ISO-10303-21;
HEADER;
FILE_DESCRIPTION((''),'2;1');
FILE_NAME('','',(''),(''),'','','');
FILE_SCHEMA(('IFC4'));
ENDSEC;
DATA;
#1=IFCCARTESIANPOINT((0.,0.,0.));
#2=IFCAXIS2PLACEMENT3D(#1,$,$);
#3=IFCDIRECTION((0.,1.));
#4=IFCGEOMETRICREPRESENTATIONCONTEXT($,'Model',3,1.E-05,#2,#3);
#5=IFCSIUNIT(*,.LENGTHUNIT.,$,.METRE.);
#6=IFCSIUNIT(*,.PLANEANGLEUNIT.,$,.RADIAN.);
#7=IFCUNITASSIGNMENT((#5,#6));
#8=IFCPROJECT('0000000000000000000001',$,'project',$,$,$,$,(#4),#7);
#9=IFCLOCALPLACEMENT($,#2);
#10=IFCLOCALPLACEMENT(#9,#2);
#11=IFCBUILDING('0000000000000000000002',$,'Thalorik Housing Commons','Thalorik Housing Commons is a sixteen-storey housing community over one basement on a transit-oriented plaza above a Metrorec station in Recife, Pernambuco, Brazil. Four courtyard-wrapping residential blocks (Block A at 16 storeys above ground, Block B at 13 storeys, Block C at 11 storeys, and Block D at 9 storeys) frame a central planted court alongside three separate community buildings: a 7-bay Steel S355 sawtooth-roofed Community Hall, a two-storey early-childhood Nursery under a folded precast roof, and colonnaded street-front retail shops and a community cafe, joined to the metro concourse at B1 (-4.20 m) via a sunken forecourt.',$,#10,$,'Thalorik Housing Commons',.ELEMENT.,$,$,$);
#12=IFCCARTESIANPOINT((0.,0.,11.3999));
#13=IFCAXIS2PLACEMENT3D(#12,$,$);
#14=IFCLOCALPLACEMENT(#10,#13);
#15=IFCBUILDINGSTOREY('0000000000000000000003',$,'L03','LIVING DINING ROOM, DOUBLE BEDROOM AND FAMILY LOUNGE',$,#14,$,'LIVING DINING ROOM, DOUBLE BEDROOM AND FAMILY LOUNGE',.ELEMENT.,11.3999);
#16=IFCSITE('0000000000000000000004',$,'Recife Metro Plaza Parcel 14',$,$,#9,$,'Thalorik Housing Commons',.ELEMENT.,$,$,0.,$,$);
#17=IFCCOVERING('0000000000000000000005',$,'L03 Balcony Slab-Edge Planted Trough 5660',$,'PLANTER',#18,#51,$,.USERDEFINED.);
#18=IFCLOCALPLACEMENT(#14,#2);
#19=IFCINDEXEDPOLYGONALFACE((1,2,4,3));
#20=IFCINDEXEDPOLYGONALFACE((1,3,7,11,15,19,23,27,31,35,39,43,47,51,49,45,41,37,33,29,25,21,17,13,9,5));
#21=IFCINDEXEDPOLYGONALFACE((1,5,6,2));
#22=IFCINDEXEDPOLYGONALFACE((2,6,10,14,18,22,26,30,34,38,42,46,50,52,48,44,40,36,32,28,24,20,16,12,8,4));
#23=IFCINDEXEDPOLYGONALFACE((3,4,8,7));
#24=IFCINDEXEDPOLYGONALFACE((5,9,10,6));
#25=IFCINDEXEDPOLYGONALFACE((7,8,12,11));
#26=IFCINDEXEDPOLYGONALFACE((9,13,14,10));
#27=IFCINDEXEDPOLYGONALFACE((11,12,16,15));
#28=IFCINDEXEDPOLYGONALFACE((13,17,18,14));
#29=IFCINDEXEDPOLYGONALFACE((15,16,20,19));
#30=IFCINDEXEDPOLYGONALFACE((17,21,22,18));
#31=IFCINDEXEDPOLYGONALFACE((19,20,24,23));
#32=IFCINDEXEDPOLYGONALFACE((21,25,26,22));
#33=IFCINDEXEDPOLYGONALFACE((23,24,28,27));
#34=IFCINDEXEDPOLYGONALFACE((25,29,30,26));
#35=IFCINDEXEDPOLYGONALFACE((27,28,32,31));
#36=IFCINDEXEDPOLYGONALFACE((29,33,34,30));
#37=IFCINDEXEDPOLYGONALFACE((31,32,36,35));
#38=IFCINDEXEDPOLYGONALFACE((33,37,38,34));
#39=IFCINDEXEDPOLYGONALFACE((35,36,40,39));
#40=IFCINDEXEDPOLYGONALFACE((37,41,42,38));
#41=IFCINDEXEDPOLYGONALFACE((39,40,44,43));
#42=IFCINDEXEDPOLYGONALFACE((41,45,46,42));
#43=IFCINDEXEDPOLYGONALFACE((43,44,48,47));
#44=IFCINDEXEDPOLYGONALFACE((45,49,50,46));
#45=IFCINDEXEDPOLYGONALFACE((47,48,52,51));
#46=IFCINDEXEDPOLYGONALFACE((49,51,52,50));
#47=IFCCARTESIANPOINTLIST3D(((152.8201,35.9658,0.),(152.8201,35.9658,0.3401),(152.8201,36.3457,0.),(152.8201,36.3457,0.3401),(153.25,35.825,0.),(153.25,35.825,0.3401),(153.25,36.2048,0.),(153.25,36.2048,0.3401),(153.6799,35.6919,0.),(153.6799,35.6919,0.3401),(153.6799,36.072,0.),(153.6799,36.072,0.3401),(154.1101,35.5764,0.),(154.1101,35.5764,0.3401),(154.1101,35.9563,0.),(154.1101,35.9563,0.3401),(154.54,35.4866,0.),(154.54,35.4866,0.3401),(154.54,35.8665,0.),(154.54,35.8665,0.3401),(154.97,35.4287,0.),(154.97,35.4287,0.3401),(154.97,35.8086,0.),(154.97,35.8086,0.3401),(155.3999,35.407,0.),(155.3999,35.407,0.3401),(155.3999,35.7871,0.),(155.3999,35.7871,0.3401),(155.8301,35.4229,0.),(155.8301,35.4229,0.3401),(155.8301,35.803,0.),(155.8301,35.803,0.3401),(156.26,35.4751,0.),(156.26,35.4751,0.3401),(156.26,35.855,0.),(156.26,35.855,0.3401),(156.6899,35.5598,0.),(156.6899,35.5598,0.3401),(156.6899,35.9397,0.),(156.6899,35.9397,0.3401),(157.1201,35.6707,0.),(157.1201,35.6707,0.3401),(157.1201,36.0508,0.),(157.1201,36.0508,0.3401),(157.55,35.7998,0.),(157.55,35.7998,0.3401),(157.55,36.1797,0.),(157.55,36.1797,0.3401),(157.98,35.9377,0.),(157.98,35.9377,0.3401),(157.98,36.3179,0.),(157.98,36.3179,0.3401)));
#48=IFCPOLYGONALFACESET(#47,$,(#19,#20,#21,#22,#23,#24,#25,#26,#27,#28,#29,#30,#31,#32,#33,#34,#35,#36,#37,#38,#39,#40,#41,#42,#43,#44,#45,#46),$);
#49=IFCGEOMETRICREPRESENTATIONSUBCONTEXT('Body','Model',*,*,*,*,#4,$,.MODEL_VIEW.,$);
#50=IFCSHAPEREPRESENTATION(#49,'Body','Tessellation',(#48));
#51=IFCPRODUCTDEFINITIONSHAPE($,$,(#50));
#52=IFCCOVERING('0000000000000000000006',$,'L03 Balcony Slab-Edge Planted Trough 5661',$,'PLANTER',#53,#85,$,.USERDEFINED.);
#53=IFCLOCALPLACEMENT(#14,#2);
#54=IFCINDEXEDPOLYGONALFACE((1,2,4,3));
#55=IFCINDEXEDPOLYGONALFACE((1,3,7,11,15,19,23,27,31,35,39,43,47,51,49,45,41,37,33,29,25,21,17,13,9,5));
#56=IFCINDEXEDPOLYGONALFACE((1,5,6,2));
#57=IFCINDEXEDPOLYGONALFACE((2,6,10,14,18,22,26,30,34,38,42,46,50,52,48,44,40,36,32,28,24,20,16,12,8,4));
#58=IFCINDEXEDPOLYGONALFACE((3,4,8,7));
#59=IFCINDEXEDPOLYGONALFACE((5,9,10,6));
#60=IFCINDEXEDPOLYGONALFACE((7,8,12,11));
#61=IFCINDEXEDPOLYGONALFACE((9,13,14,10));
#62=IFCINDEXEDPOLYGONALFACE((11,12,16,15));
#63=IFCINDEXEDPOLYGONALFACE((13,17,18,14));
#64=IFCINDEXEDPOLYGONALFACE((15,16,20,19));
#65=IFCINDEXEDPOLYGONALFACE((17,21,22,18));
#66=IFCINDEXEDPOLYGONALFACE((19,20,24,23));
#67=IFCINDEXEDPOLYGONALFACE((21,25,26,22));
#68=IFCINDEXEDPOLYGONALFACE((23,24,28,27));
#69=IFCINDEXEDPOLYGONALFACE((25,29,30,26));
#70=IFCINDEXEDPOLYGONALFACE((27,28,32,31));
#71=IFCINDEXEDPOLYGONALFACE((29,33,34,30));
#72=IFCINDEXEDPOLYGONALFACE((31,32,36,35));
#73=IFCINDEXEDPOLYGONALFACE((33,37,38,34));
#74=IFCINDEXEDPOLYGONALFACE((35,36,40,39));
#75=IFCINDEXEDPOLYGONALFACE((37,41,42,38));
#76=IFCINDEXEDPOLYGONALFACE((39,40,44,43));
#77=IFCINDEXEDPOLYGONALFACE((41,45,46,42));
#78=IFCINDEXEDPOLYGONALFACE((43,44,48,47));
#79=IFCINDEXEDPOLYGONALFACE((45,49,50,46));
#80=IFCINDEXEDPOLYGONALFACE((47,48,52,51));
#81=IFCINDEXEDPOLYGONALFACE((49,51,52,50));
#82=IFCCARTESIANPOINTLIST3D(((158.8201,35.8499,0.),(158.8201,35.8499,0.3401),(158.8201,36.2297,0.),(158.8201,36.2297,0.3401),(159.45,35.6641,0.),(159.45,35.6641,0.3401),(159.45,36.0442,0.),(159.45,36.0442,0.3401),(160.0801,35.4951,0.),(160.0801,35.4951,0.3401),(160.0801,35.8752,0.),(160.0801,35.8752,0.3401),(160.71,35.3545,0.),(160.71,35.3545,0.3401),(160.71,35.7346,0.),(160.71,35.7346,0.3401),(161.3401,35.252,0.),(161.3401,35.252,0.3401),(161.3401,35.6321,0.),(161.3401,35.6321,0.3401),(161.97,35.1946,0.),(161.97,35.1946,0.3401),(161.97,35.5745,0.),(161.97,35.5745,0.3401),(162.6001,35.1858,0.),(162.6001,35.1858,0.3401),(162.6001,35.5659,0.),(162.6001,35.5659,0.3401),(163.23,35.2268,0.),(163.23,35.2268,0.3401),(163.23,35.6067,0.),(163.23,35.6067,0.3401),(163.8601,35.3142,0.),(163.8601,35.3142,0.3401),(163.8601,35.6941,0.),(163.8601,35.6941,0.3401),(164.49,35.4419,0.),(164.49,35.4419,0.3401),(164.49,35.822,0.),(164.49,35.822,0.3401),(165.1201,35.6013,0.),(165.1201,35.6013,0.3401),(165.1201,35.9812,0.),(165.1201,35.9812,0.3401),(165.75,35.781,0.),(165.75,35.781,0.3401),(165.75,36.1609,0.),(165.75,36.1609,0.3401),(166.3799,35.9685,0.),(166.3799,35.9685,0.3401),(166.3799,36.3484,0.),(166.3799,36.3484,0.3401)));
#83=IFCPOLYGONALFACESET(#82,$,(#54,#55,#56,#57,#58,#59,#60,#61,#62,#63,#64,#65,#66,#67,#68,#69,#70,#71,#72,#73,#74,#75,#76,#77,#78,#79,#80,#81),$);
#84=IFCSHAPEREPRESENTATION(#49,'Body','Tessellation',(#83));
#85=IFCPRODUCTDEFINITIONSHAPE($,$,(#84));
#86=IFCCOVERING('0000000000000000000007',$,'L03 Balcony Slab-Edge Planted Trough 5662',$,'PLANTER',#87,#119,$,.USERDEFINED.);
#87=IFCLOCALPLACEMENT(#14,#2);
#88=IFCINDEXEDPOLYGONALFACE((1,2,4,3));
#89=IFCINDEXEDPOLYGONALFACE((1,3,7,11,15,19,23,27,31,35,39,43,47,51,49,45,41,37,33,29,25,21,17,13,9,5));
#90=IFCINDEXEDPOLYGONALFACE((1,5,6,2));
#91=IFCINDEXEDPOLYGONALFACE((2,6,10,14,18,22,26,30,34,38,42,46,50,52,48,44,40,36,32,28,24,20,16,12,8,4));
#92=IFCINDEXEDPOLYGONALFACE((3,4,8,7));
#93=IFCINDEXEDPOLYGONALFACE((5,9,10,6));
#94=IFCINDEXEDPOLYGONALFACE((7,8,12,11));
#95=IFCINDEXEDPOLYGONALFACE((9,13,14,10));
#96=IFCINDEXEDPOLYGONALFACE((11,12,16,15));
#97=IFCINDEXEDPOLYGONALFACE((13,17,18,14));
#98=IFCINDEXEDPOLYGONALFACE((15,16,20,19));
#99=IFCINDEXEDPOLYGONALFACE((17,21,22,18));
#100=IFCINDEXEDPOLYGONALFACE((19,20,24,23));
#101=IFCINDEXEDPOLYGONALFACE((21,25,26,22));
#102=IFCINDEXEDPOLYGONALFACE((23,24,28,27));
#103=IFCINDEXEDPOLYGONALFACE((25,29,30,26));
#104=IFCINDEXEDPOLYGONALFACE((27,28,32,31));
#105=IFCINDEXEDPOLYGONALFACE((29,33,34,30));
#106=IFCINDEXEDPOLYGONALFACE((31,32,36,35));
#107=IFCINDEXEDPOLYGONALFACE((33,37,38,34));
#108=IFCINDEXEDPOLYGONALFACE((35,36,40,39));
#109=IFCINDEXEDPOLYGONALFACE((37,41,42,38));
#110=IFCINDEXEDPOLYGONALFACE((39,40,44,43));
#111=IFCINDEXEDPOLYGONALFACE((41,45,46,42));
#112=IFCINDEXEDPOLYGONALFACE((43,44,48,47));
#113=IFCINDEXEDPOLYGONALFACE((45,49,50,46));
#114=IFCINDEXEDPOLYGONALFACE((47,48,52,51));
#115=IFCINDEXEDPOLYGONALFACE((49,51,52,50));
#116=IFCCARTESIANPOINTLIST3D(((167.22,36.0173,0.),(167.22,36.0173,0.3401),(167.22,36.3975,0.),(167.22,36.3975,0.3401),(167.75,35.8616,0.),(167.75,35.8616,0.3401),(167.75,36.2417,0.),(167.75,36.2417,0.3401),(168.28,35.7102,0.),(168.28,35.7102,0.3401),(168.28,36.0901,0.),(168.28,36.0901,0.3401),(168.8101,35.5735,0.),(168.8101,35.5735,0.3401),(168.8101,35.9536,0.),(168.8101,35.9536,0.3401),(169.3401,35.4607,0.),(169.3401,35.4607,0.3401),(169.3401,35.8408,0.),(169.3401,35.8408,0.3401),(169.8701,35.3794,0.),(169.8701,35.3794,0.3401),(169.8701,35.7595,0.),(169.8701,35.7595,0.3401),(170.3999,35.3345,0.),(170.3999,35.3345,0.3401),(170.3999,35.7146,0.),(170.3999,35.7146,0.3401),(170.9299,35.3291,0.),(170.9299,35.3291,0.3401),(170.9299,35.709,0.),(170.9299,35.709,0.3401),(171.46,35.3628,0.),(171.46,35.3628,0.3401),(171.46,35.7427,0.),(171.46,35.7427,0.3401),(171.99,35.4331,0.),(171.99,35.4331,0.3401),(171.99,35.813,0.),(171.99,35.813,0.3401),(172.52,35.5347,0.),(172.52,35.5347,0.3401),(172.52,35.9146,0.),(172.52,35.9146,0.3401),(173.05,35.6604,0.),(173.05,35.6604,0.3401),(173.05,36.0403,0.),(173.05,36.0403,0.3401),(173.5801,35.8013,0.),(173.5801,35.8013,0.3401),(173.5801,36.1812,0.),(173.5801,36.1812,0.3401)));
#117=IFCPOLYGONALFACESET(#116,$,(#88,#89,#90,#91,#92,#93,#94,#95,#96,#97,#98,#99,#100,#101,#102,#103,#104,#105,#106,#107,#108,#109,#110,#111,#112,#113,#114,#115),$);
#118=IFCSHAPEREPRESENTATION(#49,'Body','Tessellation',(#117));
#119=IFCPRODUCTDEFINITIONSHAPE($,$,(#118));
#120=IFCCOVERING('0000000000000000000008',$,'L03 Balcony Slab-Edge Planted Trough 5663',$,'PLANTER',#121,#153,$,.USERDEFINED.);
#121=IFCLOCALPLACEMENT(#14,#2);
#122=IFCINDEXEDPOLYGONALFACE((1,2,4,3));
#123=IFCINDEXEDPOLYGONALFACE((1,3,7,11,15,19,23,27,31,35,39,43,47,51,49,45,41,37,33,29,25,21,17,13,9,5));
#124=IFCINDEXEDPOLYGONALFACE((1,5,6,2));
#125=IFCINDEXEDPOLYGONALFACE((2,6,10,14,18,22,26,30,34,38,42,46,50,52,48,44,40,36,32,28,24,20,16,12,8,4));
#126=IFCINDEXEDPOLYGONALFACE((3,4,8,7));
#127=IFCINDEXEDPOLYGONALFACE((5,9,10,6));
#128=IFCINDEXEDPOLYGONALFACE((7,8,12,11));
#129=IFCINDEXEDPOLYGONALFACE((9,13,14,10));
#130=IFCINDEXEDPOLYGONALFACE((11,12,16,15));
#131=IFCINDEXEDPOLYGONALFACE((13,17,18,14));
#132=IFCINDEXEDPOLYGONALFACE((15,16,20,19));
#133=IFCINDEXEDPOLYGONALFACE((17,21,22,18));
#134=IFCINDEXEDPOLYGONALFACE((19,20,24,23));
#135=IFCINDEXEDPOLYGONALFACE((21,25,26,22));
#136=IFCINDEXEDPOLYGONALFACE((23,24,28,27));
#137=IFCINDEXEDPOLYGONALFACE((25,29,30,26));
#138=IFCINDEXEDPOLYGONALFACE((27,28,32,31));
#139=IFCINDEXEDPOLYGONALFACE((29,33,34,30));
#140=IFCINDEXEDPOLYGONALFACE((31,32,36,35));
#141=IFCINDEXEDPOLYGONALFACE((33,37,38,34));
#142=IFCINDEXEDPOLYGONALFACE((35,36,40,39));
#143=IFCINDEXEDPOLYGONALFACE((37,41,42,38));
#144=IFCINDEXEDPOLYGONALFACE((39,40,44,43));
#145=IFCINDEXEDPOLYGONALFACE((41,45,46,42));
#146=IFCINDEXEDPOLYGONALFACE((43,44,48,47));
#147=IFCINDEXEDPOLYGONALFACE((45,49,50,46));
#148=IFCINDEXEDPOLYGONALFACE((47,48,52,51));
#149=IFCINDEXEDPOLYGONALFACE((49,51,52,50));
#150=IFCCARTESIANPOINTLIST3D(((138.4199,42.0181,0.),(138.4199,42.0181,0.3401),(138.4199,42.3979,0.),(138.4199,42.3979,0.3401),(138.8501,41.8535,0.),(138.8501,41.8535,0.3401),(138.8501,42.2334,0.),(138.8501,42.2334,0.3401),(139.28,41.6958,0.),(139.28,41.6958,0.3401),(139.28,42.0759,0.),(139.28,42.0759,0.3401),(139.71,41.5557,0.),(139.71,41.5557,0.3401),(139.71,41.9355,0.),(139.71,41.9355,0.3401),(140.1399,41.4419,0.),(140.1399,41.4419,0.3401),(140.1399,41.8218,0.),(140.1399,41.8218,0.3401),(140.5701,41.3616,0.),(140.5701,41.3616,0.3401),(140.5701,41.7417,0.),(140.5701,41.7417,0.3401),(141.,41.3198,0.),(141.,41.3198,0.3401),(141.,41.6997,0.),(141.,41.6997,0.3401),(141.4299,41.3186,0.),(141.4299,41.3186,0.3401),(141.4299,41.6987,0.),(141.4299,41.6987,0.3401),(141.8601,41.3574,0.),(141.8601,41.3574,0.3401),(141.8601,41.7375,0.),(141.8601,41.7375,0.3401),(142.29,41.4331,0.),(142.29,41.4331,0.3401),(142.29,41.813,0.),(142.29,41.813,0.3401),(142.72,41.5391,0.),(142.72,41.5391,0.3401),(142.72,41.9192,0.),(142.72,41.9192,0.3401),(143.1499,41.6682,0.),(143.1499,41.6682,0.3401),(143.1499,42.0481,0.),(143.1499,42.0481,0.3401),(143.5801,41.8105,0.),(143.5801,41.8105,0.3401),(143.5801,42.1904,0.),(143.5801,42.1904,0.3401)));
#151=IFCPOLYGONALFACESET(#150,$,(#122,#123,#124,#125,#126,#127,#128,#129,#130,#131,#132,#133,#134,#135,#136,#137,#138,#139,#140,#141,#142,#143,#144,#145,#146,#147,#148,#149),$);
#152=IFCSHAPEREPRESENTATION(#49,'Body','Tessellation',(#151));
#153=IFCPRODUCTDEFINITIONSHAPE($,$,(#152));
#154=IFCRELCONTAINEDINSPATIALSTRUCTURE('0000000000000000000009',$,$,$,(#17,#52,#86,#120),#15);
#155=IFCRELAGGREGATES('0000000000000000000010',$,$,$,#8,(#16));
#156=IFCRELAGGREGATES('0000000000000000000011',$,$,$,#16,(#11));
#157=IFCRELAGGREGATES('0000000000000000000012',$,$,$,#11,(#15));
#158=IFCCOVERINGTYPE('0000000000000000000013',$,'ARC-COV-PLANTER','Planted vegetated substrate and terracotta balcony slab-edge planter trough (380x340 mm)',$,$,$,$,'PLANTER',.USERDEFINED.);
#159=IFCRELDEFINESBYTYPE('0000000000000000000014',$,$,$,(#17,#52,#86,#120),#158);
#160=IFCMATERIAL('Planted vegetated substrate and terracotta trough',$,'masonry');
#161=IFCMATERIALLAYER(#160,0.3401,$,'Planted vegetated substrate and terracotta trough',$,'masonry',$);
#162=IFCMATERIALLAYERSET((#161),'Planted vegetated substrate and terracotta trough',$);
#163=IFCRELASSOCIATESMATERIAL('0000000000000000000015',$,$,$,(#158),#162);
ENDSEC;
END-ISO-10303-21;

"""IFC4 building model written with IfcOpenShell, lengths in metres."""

from ifc_helpers import new_model, si_unit, direction, frame, origin, place, context, subcontext, project, spatial, polyline, outline, extrude, material, layer, layer_set, type_object, element, save


model = new_model("IFC4")

# Units and contexts
model_context = context("Model", 3, precision=1e-05, world=origin(), true_north=direction((0.0, 1.0)))
body_context = subcontext(model_context, "Body", "Model", "MODEL_VIEW")
ifc_project = project(units=[si_unit("LENGTHUNIT", "METRE"), si_unit("PLANEANGLEUNIT", "RADIAN")], contexts=[model_context])

# Site, building, storey
site_placement = place(None, origin())
site = spatial("IfcSite", under=ifc_project, at=site_placement, Name="Recife Metro Plaza Parcel 14", LongName="Thalorik Housing Commons", CompositionType="ELEMENT", RefElevation=0.0)
building_placement = place(site_placement, origin())
building = spatial("IfcBuilding", under=site, at=building_placement, Name="Thalorik Housing Commons", Description="Thalorik Housing Commons is a sixteen-storey housing community over one basement on a transit-oriented plaza above a Metrorec station in Recife, Pernambuco, Brazil. Four courtyard-wrapping residential blocks (Block A at 16 storeys above ground, Block B at 13 storeys, Block C at 11 storeys, and Block D at 9 storeys) frame a central planted court alongside three separate community buildings: a 7-bay Steel S355 sawtooth-roofed Community Hall, a two-storey early-childhood Nursery under a folded precast roof, and colonnaded street-front retail shops and a community cafe, joined to the metro concourse at B1 (-4.20 m) via a sunken forecourt.", LongName="Thalorik Housing Commons", CompositionType="ELEMENT")
storey_placement = place(building_placement, frame((0.0, 0.0, 11.3999)))
storey = spatial("IfcBuildingStorey", under=building, at=storey_placement, Name="L03", Description="LIVING DINING ROOM, DOUBLE BEDROOM AND FAMILY LOUNGE", LongName="LIVING DINING ROOM, DOUBLE BEDROOM AND FAMILY LOUNGE", CompositionType="ELEMENT", Elevation=11.3999)

# Coverings
ifc_material_1 = material(Name="Planted vegetated substrate and terracotta trough", Category="masonry")
ifc_layer_1 = layer(ifc_material_1, 0.3401, Name="Planted vegetated substrate and terracotta trough", Category="masonry")
ifc_layer_set_1 = layer_set([ifc_layer_1], Name="Planted vegetated substrate and terracotta trough")
covering_type = type_object("IfcCoveringType", Name="ARC-COV-PLANTER", Description="Planted vegetated substrate and terracotta balcony slab-edge planter trough (380x340 mm)", ElementType="PLANTER", PredefinedType="USERDEFINED", material=ifc_layer_set_1)
covering_1_placement = place(storey_placement, origin())
element("IfcCovering", 1, at=covering_1_placement, inside=storey, type_object=covering_type, Name="L03 Balcony Slab-Edge Planted Trough 5660", ObjectType="PLANTER", PredefinedType="USERDEFINED", context=body_context, shape_type="SweptSolid", body=[
    extrude(outline(polyline([(152.8201, 35.9658), (153.25, 35.825), (153.6799, 35.6919), (154.1101, 35.5764), (154.54, 35.4866), (154.97, 35.4287), (155.3999, 35.407), (155.8301, 35.4229), (156.26, 35.4751), (156.6899, 35.5598), (157.1201, 35.6707), (157.55, 35.7998), (157.98, 35.9377), (157.98, 36.3179), (157.55, 36.1797), (157.1201, 36.0508), (156.6899, 35.9397), (156.26, 35.855), (155.8301, 35.803), (155.3999, 35.7871), (154.97, 35.8086), (154.54, 35.8665), (154.1101, 35.9563), (153.6799, 36.072), (153.25, 36.2048), (152.8201, 36.3457), (152.8201, 35.9658)])), origin(), (0.0, 0.0, 1.0), 0.3401),
])
covering_2_placement = place(storey_placement, origin())
element("IfcCovering", 2, at=covering_2_placement, inside=storey, type_object=covering_type, Name="L03 Balcony Slab-Edge Planted Trough 5661", ObjectType="PLANTER", PredefinedType="USERDEFINED", context=body_context, shape_type="SweptSolid", body=[
    extrude(outline(polyline([(158.8201, 35.8499), (159.45, 35.6641), (160.0801, 35.4951), (160.71, 35.3545), (161.3401, 35.252), (161.97, 35.1946), (162.6001, 35.1858), (163.23, 35.2268), (163.8601, 35.3142), (164.49, 35.4419), (165.1201, 35.6013), (165.75, 35.781), (166.3799, 35.9685), (166.3799, 36.3484), (165.75, 36.1609), (165.1201, 35.9812), (164.49, 35.822), (163.8601, 35.6941), (163.23, 35.6067), (162.6001, 35.5659), (161.97, 35.5745), (161.3401, 35.6321), (160.71, 35.7346), (160.0801, 35.8752), (159.45, 36.0442), (158.8201, 36.2297), (158.8201, 35.8499)])), origin(), (0.0, 0.0, 1.0), 0.3401),
])
covering_3_placement = place(storey_placement, origin())
element("IfcCovering", 3, at=covering_3_placement, inside=storey, type_object=covering_type, Name="L03 Balcony Slab-Edge Planted Trough 5662", ObjectType="PLANTER", PredefinedType="USERDEFINED", context=body_context, shape_type="SweptSolid", body=[
    extrude(outline(polyline([(167.22, 36.0173), (167.75, 35.8616), (168.28, 35.7102), (168.8101, 35.5735), (169.3401, 35.4607), (169.8701, 35.3794), (170.3999, 35.3345), (170.9299, 35.3291), (171.46, 35.3628), (171.99, 35.4331), (172.52, 35.5347), (173.05, 35.6604), (173.5801, 35.8013), (173.5801, 36.1812), (173.05, 36.0403), (172.52, 35.9146), (171.99, 35.813), (171.46, 35.7427), (170.9299, 35.709), (170.3999, 35.7146), (169.8701, 35.7595), (169.3401, 35.8408), (168.8101, 35.9536), (168.28, 36.0901), (167.75, 36.2417), (167.22, 36.3975), (167.22, 36.0173)])), origin(), (0.0, 0.0, 1.0), 0.3401),
])
covering_4_placement = place(storey_placement, origin())
element("IfcCovering", 4, at=covering_4_placement, inside=storey, type_object=covering_type, Name="L03 Balcony Slab-Edge Planted Trough 5663", ObjectType="PLANTER", PredefinedType="USERDEFINED", context=body_context, shape_type="SweptSolid", body=[
    extrude(outline(polyline([(138.4199, 42.0181), (138.8501, 41.8535), (139.28, 41.6958), (139.71, 41.5557), (140.1399, 41.4419), (140.5701, 41.3616), (141.0, 41.3198), (141.4299, 41.3186), (141.8601, 41.3574), (142.29, 41.4331), (142.72, 41.5391), (143.1499, 41.6682), (143.5801, 41.8105), (143.5801, 42.1904), (143.1499, 42.0481), (142.72, 41.9192), (142.29, 41.813), (141.8601, 41.7375), (141.4299, 41.6987), (141.0, 41.6997), (140.5701, 41.7417), (140.1399, 41.8218), (139.71, 41.9355), (139.28, 42.0759), (138.8501, 42.2334), (138.4199, 42.3979), (138.4199, 42.0181)])), origin(), (0.0, 0.0, 1.0), 0.3401),
])

save(model, "model.ifc")
